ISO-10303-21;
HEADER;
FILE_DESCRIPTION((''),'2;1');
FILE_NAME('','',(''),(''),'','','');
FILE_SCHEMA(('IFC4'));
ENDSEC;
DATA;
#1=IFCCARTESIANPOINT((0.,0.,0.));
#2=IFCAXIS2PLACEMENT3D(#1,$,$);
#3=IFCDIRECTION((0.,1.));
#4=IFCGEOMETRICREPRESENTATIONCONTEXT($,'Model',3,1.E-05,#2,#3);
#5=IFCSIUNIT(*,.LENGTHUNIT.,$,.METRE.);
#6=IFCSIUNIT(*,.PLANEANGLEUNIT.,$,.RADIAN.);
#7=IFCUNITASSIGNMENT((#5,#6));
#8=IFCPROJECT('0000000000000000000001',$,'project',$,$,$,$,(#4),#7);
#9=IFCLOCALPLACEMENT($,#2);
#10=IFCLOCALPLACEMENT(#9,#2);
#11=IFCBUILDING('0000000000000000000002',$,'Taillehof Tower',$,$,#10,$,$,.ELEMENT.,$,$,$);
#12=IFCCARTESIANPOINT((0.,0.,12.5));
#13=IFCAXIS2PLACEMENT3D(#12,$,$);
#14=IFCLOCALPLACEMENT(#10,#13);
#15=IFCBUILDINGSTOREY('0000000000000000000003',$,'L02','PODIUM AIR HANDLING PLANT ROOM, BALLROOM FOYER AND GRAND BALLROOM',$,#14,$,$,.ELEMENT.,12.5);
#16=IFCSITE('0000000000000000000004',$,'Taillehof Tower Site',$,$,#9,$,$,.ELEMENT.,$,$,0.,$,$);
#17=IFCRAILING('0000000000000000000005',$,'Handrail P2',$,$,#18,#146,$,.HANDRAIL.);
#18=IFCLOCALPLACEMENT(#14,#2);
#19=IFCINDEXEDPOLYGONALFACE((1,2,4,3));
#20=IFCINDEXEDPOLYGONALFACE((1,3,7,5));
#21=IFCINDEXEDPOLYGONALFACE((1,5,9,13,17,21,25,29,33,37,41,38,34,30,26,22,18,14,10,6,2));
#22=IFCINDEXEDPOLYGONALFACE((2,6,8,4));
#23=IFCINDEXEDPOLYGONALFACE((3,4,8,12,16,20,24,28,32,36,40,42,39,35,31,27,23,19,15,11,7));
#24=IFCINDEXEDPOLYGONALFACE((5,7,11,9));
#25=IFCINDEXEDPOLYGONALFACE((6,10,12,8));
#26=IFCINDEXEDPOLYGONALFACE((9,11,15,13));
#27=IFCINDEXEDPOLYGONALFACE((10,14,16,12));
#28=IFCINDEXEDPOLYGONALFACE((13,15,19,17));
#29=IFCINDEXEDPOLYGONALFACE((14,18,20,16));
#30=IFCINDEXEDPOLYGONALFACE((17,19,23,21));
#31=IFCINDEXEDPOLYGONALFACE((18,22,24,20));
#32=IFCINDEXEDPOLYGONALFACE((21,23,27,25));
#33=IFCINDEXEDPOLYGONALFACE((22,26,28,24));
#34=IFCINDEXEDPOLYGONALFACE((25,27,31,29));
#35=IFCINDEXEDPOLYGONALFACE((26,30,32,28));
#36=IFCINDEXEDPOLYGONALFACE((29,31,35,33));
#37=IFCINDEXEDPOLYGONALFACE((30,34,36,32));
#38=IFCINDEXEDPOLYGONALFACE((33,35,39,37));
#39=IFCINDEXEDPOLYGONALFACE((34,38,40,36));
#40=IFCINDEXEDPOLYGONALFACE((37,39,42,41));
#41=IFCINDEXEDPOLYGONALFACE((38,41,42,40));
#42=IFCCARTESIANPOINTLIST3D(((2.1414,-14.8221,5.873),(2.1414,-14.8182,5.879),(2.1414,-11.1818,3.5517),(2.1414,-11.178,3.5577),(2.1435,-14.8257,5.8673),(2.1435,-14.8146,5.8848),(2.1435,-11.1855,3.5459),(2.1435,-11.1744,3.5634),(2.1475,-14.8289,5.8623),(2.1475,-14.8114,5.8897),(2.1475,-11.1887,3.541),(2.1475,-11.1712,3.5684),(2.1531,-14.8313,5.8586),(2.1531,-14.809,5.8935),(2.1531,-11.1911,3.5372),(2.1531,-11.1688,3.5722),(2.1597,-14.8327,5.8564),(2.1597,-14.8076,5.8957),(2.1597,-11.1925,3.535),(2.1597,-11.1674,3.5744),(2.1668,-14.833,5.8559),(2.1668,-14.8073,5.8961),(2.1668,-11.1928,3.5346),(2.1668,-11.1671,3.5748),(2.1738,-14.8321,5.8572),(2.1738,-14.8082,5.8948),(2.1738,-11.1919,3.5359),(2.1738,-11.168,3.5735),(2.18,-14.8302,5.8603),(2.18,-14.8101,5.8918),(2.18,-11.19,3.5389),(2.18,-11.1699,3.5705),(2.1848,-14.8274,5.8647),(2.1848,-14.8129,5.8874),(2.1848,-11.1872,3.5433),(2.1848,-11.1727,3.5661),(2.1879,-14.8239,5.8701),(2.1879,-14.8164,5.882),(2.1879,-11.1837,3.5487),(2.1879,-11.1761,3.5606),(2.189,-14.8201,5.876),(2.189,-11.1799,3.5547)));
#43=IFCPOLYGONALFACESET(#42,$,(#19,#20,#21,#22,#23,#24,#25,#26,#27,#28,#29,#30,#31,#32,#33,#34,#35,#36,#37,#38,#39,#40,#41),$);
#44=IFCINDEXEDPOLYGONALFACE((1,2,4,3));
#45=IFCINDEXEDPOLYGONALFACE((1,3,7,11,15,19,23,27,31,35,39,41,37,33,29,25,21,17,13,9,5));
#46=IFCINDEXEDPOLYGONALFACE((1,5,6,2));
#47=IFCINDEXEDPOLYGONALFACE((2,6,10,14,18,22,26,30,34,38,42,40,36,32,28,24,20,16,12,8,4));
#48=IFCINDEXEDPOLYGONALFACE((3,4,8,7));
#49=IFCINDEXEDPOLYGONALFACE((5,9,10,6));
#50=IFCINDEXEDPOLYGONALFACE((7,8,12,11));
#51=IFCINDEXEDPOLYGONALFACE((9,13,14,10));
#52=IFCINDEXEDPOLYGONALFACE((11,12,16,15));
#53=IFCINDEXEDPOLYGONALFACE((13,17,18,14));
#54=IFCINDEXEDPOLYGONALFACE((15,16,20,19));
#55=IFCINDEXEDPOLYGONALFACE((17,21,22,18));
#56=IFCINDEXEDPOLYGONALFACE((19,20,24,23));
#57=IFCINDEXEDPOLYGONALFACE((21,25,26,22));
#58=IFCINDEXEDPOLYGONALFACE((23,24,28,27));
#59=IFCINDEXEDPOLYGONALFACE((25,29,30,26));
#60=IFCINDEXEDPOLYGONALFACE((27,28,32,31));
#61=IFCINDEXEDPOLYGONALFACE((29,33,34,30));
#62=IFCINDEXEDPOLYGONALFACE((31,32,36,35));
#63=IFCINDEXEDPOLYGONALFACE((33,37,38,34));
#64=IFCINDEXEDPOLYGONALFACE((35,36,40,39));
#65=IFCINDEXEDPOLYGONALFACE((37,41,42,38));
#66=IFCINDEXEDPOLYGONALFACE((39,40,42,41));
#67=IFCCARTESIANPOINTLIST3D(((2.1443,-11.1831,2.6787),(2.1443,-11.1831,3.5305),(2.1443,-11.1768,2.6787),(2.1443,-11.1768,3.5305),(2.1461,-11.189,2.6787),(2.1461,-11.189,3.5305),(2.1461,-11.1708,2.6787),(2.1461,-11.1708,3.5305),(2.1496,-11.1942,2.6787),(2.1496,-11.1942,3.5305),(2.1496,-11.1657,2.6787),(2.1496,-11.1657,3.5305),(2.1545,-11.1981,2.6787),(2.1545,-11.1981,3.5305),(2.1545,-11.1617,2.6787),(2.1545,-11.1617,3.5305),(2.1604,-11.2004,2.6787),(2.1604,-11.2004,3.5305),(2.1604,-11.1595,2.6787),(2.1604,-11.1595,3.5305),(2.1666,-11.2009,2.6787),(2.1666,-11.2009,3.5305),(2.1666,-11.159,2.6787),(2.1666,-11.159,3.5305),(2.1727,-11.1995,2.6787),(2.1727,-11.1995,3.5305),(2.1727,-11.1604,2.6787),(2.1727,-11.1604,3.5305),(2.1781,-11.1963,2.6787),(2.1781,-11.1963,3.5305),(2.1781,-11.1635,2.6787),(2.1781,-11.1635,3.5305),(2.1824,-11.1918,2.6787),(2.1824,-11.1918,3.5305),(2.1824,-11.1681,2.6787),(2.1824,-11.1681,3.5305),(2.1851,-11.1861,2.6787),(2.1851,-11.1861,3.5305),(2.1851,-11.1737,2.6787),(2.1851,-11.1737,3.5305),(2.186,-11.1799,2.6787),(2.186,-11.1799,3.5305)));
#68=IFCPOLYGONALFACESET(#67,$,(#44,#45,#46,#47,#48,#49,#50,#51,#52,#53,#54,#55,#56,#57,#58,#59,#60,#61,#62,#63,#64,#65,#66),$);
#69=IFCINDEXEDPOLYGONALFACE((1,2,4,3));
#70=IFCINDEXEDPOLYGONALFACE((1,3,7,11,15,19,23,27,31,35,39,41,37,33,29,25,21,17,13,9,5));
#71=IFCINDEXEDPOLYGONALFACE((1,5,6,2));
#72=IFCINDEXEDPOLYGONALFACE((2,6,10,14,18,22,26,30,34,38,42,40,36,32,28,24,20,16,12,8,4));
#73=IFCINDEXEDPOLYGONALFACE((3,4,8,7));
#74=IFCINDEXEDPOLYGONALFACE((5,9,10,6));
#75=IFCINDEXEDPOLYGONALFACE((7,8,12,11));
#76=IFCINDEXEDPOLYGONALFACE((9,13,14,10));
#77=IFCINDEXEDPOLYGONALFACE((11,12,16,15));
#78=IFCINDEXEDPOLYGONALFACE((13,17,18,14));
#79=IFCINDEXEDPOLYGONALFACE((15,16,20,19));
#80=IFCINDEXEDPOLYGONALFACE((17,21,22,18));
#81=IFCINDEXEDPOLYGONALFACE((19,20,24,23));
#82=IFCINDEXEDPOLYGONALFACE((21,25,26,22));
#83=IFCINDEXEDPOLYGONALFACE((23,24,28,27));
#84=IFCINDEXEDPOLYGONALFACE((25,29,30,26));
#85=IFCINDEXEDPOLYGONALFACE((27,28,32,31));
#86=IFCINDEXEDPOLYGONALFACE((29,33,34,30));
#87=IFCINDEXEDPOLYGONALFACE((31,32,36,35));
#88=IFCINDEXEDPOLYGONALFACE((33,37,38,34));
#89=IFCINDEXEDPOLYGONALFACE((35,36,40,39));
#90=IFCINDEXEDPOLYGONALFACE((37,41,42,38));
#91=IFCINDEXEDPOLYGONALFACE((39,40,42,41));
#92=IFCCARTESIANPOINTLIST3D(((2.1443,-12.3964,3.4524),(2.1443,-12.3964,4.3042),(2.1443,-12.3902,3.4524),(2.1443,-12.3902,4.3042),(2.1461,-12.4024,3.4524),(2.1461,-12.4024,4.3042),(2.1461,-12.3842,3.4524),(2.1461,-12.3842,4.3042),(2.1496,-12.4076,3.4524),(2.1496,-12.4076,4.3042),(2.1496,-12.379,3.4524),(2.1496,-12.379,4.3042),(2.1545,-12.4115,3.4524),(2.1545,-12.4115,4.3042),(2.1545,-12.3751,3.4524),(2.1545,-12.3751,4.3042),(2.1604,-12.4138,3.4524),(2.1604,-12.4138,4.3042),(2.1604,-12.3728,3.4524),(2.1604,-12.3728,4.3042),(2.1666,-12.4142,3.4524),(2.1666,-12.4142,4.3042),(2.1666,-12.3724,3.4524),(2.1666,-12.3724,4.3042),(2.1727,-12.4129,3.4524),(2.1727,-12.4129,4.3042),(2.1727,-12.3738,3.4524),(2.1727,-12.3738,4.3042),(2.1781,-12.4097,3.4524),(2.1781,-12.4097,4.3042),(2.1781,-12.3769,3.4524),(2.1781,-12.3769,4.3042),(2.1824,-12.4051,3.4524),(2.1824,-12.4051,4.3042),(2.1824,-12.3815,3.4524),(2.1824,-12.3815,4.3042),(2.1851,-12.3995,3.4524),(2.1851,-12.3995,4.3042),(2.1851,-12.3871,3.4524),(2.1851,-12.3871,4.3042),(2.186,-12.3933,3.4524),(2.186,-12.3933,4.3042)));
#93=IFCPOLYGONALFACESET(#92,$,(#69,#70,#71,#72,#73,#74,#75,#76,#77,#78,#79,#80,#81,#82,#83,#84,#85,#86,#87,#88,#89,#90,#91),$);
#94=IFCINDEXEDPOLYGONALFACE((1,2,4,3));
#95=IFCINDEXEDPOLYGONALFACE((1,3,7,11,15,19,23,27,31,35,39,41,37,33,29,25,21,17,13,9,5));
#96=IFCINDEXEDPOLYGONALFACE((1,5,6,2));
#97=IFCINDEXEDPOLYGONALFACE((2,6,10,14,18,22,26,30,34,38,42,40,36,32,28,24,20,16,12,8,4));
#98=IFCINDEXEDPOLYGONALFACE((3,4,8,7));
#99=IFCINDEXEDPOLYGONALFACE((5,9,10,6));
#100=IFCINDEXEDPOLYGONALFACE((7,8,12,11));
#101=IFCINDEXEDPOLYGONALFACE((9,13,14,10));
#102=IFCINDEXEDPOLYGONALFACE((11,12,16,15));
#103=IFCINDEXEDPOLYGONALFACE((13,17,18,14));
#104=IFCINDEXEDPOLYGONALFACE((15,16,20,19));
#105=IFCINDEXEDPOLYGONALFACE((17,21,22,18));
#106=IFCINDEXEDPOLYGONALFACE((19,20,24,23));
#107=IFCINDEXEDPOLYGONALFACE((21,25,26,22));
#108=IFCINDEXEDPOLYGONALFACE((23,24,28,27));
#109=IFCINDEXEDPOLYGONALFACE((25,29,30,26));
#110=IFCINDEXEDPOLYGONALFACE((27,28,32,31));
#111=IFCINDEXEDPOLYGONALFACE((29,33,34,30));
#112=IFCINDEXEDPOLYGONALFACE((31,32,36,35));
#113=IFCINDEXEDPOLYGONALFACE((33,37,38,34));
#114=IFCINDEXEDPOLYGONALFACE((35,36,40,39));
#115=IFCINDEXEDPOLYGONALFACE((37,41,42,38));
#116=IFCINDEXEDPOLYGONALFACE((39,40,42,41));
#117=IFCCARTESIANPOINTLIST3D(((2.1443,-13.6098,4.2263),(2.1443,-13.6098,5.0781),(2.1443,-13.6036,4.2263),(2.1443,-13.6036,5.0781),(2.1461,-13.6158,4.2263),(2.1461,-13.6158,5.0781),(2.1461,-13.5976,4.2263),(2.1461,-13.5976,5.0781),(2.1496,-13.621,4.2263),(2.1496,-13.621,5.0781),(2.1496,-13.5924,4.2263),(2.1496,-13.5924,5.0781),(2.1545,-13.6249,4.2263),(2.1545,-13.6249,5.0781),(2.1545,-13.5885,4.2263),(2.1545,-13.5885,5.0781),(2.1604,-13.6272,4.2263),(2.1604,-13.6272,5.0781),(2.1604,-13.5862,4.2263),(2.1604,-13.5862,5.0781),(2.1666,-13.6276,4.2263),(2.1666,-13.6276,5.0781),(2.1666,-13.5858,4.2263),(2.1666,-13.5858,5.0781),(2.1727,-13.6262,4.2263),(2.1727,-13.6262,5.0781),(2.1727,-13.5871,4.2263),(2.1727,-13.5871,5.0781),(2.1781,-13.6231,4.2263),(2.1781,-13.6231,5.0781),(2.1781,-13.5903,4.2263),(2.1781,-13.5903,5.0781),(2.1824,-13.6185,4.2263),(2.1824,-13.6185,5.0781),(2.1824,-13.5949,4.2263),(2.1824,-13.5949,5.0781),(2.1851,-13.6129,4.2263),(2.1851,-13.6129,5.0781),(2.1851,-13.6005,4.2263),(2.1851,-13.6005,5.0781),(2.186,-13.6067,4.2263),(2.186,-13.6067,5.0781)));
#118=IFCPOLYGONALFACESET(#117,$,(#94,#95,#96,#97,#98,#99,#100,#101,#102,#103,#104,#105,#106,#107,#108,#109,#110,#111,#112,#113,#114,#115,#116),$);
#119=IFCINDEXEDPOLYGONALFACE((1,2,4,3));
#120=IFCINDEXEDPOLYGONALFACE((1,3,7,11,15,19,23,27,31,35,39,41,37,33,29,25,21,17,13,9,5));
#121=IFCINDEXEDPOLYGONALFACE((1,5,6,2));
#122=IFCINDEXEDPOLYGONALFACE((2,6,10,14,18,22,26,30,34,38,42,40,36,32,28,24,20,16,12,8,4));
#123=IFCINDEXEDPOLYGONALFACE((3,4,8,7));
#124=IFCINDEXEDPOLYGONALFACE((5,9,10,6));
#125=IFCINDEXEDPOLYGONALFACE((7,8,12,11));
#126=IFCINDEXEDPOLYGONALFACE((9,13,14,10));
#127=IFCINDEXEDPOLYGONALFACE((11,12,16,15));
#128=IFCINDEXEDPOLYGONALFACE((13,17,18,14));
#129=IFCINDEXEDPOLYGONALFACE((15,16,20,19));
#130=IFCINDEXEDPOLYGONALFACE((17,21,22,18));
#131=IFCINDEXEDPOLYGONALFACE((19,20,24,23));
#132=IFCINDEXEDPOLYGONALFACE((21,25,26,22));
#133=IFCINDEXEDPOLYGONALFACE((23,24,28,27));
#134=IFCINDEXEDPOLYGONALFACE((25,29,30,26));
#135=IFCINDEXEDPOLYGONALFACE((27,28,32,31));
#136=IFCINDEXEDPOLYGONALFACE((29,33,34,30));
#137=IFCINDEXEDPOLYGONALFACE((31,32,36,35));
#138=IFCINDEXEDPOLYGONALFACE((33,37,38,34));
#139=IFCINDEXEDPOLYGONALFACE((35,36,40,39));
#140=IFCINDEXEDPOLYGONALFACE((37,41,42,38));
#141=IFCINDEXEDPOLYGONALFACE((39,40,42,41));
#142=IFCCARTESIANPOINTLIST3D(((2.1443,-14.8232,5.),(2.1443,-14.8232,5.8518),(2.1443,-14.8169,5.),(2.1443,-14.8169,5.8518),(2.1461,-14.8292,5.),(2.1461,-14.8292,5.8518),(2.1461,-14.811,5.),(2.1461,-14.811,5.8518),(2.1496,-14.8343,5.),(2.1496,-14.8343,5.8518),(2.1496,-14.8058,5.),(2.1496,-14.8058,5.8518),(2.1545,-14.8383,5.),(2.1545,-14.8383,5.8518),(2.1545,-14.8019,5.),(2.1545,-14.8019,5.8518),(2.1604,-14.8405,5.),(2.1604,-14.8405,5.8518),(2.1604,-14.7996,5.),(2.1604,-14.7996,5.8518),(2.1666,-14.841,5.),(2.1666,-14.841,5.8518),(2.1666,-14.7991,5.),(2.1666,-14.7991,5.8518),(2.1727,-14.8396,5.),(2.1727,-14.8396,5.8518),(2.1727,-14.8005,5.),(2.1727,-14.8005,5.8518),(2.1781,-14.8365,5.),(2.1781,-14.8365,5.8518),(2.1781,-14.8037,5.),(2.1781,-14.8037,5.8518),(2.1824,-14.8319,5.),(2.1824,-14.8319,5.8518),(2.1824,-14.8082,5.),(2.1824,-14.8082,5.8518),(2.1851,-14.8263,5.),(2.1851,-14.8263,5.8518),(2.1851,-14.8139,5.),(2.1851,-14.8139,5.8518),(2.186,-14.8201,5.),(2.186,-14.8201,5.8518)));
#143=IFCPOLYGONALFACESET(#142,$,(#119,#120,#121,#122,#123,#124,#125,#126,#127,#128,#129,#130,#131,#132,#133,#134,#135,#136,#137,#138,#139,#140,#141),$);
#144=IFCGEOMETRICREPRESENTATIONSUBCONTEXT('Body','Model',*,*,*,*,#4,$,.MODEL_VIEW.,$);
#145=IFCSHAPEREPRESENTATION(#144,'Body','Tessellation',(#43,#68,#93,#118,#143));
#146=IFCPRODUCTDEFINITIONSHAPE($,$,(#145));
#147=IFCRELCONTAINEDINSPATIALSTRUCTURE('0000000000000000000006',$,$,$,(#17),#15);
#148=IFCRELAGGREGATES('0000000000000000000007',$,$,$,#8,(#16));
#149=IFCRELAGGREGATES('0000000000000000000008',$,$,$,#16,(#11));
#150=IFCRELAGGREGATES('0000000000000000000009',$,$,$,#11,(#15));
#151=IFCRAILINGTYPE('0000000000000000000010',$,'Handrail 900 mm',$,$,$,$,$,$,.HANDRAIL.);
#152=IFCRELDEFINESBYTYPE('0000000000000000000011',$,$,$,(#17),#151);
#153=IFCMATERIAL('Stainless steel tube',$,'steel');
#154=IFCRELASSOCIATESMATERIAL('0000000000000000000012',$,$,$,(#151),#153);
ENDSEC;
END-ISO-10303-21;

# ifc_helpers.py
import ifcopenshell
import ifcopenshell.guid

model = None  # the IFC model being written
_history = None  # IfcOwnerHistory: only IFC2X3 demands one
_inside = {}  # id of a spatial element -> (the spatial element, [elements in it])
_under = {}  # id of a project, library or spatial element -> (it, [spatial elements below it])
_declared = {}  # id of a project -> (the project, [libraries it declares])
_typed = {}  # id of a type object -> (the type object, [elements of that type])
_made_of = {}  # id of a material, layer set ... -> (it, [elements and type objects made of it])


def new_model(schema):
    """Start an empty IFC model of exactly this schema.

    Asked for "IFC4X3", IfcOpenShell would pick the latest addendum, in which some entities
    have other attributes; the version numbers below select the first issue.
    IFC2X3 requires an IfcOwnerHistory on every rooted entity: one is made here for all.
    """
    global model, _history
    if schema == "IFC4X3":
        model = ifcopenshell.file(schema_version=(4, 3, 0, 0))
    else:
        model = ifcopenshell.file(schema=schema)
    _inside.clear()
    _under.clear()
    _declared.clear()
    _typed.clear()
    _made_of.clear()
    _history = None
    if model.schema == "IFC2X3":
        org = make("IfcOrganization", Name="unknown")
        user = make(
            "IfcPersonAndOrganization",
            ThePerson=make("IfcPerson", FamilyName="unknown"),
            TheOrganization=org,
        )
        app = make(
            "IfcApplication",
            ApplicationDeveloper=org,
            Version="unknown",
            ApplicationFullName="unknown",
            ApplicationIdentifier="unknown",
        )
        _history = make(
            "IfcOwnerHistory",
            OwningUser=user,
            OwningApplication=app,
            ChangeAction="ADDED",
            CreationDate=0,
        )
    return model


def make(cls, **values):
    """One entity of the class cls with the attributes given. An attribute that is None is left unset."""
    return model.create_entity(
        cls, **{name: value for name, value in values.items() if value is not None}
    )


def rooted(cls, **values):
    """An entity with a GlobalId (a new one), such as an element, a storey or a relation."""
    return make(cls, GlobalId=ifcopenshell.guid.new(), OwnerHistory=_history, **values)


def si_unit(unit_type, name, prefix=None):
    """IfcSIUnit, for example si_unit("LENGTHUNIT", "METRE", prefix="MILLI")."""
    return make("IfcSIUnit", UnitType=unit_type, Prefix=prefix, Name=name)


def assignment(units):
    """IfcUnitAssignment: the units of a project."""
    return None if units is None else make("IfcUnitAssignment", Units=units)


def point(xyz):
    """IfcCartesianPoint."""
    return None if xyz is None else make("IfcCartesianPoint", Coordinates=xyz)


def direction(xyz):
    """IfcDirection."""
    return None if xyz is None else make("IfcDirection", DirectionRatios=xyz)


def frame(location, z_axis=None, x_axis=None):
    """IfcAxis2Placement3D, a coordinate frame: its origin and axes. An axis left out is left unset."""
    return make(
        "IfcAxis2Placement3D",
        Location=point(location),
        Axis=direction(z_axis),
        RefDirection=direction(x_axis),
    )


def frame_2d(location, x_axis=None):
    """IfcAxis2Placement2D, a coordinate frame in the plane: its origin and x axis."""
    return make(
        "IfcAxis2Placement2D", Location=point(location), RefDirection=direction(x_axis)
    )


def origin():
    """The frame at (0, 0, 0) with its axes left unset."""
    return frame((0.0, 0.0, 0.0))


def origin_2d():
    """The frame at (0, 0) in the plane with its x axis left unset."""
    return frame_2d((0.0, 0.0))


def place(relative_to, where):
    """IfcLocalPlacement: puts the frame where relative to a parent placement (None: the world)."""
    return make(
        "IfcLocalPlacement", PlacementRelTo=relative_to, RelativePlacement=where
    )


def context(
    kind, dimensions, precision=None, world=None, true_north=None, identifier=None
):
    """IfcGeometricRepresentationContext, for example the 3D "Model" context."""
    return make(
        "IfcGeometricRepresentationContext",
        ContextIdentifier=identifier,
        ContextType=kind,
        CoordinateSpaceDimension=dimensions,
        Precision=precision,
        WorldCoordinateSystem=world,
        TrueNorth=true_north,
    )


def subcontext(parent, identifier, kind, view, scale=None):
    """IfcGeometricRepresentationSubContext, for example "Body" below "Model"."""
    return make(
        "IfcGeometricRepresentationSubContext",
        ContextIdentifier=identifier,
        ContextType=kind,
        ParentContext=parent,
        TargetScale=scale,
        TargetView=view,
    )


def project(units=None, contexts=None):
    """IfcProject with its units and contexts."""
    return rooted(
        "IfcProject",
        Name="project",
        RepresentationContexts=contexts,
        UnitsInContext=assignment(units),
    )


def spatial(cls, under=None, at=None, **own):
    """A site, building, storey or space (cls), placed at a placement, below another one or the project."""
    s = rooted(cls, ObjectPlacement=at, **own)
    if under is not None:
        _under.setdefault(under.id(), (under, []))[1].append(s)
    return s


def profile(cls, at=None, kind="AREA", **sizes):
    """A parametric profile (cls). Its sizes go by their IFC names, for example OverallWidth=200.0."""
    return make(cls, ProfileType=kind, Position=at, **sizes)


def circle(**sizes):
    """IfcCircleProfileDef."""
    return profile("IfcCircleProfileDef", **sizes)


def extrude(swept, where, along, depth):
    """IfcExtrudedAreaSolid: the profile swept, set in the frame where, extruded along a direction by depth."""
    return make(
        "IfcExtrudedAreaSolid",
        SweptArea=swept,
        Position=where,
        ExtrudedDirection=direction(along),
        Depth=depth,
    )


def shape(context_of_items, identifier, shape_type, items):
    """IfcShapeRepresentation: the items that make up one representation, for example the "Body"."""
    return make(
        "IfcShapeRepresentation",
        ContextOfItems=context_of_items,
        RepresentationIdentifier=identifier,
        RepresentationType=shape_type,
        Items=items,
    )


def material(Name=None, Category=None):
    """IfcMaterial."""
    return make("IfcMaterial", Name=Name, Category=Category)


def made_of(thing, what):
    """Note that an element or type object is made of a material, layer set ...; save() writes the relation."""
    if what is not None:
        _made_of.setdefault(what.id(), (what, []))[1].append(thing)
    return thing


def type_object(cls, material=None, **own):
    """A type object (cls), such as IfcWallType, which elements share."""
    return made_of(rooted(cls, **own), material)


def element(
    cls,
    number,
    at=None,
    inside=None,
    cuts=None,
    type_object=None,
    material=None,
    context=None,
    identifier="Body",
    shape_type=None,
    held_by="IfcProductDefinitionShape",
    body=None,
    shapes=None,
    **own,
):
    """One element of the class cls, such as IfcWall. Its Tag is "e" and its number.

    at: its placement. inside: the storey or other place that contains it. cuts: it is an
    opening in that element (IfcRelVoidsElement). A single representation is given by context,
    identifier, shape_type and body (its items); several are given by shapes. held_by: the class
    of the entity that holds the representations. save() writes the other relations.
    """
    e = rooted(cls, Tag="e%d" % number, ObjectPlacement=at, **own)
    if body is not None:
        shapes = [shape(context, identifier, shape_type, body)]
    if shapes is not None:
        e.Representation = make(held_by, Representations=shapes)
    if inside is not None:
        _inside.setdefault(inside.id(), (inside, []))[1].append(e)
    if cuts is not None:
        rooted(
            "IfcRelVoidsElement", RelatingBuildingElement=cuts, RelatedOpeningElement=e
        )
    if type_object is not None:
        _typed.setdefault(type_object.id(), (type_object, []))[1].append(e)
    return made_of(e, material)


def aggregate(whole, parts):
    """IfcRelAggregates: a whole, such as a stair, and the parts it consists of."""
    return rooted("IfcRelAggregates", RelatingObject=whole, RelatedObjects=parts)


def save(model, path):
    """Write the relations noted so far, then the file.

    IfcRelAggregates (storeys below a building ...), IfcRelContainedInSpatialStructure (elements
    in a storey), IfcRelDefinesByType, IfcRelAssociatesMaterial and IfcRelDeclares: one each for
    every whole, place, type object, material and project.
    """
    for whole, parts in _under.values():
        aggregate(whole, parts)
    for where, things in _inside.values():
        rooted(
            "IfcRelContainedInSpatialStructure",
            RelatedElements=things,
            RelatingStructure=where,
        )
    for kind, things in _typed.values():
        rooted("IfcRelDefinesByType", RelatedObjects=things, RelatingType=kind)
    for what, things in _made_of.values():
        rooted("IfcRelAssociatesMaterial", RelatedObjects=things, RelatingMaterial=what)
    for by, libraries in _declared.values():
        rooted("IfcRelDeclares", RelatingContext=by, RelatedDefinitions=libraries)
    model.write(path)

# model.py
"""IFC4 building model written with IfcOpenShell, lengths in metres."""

from ifc_helpers import new_model, si_unit, direction, frame, origin, origin_2d, place, context, subcontext, project, spatial, circle, extrude, material, type_object, element, save


model = new_model("IFC4")

# Units and contexts
model_context = context("Model", 3, precision=1e-05, world=origin(), true_north=direction((0.0, 1.0)))
body_context = subcontext(model_context, "Body", "Model", "MODEL_VIEW")
ifc_project = project(units=[si_unit("LENGTHUNIT", "METRE"), si_unit("PLANEANGLEUNIT", "RADIAN")], contexts=[model_context])

# Site, building, storey
site_placement = place(None, origin())
site = spatial("IfcSite", under=ifc_project, at=site_placement, Name="Taillehof Tower Site", CompositionType="ELEMENT", RefElevation=0.0)
building_placement = place(site_placement, origin())
building = spatial("IfcBuilding", under=site, at=building_placement, Name="Taillehof Tower", CompositionType="ELEMENT")
storey_placement = place(building_placement, frame((0.0, 0.0, 12.5)))
storey = spatial("IfcBuildingStorey", under=building, at=storey_placement, Name="L02", Description="PODIUM AIR HANDLING PLANT ROOM, BALLROOM FOYER AND GRAND BALLROOM", CompositionType="ELEMENT", Elevation=12.5)

# Railing
ifc_material_1 = material(Name="Stainless steel tube", Category="steel")
railing_type = type_object("IfcRailingType", Name="Handrail 900 mm", PredefinedType="HANDRAIL", material=ifc_material_1)
for number, where, name in (
    (1, (2.165, -11.1799, 2.6787), "Handrail P2"),
):
    element("IfcRailing", number, at=place(storey_placement, frame(where)), inside=storey, type_object=railing_type, Name=name, PredefinedType="HANDRAIL", context=body_context, shape_type="SweptSolid", body=[
        extrude(circle(Radius=0.0239, at=origin_2d()), frame((0.0, 0.0, 0.876), z_axis=(0.0, -0.843153, 0.537673), x_axis=(1.0, 0.0, 0.0)), (0.0, 0.0, 1.0), 4.3174),
        extrude(circle(Radius=0.021, at=origin_2d()), origin(), (0.0, 0.0, 1.0), 0.8518),
        extrude(circle(Radius=0.021, at=origin_2d()), frame((0.0, -1.2134, 0.7737)), (0.0, 0.0, 1.0), 0.8518),
        extrude(circle(Radius=0.021, at=origin_2d()), frame((0.0, -2.4268, 1.5476)), (0.0, 0.0, 1.0), 0.8518),
        extrude(circle(Radius=0.021, at=origin_2d()), frame((0.0, -3.6401, 2.3213)), (0.0, 0.0, 1.0), 0.8518),
    ])

save(model, "model.ifc")
